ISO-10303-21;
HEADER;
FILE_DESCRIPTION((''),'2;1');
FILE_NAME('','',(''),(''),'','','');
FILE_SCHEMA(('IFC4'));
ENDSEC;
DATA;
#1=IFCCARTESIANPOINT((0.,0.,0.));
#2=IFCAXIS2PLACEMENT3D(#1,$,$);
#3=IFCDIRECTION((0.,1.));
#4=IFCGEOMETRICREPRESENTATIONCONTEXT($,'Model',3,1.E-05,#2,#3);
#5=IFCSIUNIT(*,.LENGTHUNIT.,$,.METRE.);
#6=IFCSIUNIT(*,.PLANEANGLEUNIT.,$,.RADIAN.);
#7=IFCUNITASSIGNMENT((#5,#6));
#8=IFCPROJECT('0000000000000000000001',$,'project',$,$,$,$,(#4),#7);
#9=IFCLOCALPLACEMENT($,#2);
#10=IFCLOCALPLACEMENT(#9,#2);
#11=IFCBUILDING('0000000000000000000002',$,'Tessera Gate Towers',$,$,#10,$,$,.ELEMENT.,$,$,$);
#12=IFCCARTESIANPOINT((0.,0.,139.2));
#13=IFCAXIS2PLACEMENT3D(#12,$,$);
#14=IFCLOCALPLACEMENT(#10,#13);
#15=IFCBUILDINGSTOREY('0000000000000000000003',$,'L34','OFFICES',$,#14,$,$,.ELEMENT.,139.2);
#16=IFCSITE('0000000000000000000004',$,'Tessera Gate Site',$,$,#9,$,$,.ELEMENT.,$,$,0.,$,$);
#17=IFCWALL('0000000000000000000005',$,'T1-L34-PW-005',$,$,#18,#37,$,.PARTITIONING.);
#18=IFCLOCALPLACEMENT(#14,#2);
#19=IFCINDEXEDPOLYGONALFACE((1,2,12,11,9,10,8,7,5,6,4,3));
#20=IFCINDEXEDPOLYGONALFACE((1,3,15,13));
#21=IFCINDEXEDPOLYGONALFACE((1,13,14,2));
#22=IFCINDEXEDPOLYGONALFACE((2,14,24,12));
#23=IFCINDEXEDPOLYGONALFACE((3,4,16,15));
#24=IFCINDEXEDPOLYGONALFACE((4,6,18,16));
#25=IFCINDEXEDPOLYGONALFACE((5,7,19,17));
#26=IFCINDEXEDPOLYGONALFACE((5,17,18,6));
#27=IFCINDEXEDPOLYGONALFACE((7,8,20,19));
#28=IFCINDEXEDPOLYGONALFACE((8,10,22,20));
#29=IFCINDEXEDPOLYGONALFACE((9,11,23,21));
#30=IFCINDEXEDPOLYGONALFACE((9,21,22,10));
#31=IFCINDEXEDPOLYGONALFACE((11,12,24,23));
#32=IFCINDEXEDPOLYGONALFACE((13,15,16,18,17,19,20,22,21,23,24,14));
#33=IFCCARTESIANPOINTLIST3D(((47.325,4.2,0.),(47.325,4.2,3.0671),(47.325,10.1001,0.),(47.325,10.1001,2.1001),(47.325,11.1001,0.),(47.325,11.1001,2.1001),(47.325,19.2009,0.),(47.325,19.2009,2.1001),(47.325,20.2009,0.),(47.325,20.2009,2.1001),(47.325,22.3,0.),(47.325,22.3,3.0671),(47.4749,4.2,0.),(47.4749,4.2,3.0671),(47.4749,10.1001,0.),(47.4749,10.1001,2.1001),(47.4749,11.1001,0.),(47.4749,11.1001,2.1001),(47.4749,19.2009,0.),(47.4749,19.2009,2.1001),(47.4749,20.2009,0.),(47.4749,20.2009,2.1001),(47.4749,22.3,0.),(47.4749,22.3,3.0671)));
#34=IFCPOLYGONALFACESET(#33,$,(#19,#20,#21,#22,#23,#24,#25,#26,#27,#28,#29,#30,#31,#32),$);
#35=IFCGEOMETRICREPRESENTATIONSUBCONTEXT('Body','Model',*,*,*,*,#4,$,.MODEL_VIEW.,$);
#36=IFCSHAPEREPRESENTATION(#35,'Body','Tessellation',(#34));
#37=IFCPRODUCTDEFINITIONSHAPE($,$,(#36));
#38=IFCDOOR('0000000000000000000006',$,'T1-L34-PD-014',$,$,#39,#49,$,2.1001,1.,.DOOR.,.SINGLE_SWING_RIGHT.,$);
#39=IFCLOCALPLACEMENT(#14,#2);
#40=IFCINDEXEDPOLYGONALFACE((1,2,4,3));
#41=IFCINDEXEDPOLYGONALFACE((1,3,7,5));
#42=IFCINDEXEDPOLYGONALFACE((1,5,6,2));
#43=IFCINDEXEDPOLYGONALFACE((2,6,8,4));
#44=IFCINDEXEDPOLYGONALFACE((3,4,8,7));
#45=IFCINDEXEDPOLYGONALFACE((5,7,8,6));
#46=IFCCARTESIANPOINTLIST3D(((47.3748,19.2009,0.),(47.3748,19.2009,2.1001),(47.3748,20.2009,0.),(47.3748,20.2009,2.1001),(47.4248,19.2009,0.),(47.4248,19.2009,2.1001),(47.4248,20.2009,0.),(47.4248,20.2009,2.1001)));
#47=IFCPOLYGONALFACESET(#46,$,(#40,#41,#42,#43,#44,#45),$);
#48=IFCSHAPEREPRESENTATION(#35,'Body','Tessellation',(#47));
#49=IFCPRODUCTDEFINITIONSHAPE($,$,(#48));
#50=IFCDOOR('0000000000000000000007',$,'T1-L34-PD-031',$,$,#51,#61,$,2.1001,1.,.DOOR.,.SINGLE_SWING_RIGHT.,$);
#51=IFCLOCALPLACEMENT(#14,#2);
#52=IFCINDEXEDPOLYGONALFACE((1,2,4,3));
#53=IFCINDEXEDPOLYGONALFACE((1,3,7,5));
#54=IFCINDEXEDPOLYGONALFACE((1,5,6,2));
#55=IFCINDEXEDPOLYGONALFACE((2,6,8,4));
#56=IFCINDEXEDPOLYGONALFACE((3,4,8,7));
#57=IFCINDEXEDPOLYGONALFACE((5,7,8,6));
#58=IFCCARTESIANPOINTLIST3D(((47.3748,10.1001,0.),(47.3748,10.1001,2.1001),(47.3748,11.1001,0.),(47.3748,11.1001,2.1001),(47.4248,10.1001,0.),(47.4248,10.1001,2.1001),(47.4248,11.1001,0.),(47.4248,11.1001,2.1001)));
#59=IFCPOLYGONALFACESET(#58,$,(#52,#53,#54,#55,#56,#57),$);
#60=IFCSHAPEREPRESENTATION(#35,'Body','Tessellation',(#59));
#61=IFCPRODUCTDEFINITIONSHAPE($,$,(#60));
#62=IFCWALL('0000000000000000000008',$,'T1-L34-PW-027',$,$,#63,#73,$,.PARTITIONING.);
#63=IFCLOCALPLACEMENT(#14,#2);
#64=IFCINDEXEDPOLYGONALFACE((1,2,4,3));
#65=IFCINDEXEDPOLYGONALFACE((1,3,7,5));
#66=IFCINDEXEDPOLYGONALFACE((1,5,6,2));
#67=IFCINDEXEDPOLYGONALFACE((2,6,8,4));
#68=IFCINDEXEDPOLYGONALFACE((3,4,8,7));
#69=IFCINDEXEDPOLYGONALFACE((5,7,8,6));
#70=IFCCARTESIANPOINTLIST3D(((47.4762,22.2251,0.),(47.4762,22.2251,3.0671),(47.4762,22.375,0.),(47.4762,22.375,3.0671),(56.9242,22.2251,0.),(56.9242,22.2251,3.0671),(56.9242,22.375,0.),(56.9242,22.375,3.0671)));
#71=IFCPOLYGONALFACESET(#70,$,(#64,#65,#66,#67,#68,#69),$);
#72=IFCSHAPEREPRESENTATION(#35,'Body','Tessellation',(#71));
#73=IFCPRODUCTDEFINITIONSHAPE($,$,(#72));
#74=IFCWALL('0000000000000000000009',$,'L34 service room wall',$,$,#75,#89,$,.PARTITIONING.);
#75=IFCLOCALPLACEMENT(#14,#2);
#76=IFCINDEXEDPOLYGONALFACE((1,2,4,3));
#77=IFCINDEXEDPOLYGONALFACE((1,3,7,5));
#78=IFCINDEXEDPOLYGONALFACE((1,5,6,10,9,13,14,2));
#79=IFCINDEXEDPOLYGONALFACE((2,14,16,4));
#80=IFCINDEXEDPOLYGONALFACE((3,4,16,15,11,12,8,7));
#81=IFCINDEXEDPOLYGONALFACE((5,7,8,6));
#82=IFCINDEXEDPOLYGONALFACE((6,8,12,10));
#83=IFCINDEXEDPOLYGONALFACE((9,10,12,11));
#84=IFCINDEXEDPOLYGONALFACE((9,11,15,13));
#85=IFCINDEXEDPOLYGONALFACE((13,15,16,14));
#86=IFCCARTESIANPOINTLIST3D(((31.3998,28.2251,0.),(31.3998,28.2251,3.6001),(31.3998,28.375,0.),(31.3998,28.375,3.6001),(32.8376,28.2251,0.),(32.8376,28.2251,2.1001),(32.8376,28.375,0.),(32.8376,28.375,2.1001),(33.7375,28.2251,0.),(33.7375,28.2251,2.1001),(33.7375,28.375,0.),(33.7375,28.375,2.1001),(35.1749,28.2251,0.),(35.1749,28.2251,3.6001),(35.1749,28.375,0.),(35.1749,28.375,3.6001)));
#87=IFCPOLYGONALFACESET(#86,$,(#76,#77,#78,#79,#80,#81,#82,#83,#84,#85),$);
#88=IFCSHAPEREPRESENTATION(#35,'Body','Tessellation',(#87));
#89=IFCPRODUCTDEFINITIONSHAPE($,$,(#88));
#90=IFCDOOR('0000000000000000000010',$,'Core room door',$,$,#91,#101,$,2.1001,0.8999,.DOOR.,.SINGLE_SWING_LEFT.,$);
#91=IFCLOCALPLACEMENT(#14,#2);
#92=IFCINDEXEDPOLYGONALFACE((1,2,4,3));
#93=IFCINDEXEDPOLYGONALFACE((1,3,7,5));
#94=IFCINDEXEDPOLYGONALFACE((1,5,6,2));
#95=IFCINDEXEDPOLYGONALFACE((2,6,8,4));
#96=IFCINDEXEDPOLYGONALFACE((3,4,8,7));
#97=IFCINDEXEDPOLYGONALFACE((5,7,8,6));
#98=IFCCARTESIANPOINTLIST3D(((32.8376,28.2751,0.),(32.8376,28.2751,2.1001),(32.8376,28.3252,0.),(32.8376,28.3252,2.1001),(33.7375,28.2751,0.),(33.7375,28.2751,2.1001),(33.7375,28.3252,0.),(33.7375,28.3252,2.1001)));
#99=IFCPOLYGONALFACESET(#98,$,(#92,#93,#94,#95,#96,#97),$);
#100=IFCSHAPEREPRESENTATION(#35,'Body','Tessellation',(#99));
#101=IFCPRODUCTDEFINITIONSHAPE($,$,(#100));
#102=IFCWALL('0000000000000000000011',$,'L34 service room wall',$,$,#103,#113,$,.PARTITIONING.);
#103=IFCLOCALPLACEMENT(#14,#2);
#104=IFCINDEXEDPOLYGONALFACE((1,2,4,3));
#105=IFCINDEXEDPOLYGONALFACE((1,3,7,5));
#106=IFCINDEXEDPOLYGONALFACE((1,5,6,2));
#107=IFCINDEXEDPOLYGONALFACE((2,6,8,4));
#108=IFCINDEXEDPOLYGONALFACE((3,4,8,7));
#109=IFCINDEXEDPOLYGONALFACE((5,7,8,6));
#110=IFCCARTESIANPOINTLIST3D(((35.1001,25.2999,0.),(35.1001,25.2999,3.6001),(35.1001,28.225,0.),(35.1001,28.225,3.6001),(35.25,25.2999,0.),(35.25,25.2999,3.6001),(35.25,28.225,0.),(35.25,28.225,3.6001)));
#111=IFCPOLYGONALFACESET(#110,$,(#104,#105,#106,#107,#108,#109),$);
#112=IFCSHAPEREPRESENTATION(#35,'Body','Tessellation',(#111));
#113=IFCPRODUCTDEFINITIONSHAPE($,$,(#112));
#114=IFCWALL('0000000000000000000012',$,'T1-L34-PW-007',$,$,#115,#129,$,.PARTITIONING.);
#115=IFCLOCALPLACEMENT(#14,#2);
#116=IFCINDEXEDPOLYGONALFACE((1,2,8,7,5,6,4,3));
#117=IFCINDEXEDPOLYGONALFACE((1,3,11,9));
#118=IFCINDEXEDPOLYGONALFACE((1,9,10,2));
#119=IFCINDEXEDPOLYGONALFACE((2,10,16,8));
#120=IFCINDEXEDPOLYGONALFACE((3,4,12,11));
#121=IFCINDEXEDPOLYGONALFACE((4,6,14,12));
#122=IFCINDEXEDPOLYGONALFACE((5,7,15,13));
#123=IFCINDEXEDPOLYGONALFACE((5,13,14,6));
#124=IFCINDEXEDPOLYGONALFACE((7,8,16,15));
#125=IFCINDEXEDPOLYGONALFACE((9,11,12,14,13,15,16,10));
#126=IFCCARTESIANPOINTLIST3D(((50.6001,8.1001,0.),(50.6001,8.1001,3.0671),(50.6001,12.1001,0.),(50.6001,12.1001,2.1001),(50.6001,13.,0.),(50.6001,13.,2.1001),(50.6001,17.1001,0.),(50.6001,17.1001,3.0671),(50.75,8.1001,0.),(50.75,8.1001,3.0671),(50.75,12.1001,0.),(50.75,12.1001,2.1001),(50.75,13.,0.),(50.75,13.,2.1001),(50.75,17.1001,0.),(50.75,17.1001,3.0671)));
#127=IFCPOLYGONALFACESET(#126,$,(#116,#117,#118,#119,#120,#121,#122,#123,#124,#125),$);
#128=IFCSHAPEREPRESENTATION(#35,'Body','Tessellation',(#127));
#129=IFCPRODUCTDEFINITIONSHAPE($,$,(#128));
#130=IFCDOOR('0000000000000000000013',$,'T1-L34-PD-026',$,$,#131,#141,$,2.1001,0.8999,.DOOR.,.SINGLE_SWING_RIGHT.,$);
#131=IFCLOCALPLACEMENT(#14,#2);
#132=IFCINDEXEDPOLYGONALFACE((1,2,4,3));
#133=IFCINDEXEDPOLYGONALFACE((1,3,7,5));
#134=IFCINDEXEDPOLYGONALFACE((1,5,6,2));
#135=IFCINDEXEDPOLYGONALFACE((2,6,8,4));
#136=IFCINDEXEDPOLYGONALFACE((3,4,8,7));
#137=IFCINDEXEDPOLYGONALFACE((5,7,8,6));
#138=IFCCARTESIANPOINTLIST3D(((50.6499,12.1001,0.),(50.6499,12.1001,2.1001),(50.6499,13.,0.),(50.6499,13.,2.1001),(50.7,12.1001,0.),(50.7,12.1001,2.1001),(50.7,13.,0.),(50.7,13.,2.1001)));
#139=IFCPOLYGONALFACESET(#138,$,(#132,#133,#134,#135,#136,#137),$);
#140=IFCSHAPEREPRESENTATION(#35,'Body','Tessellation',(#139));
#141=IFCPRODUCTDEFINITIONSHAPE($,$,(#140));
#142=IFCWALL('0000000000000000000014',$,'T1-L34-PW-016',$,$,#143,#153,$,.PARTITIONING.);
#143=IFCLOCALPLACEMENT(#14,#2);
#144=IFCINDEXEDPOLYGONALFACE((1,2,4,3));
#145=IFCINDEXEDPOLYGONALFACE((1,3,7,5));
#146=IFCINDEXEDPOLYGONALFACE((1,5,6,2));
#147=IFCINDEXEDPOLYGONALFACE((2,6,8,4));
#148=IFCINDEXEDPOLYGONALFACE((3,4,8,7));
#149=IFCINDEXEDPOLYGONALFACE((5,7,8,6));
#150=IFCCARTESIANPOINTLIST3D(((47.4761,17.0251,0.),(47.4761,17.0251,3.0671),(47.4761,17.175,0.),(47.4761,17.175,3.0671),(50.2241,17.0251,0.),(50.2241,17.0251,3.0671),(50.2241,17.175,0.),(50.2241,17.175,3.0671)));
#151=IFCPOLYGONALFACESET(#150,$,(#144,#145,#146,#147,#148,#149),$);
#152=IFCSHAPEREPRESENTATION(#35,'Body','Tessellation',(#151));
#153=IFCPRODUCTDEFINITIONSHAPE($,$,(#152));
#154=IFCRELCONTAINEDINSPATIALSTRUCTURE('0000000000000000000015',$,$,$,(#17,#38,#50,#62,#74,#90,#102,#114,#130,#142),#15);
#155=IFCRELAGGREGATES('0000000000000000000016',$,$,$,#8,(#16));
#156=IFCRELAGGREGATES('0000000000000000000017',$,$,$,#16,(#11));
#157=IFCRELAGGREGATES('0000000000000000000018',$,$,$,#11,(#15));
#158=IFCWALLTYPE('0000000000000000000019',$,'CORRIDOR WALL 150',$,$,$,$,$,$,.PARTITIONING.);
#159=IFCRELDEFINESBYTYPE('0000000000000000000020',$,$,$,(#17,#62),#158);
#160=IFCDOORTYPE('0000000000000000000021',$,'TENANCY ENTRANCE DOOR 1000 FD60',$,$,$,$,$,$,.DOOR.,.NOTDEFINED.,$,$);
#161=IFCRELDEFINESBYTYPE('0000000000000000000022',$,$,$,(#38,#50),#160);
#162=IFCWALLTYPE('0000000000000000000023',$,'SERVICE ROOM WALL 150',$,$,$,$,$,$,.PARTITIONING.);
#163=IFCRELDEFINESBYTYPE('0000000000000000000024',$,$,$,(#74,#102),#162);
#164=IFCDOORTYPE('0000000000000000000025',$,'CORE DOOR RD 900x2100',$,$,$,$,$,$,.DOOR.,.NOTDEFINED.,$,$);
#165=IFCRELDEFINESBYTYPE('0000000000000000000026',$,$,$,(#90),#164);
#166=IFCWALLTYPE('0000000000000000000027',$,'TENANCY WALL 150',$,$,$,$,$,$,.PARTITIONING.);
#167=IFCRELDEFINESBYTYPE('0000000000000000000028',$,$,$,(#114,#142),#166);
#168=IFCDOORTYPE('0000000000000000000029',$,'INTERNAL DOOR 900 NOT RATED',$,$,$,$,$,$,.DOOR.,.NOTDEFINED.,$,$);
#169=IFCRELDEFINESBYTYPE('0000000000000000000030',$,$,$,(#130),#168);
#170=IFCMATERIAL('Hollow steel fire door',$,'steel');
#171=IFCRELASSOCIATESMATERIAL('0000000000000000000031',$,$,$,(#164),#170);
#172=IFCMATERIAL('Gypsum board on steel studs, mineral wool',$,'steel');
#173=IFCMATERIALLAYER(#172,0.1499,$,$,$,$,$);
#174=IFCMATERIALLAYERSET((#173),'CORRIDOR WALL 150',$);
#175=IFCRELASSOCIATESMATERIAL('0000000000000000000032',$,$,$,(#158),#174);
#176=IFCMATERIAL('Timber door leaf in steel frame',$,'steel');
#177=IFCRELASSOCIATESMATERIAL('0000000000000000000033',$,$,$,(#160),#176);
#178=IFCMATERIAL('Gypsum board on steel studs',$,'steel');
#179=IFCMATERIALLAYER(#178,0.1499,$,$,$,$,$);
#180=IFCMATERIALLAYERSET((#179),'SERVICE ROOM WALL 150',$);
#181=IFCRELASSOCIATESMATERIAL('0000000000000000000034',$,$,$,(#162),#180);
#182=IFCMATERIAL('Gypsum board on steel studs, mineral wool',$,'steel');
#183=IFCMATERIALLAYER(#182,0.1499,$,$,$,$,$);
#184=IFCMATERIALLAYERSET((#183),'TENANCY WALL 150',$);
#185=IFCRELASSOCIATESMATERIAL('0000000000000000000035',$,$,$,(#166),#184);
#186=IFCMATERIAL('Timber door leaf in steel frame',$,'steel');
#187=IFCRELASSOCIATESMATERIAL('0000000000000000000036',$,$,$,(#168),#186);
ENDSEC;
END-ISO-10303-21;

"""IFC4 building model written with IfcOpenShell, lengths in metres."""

from ifc_helpers import new_model, si_unit, direction, frame, frame_2d, origin, place, context, subcontext, project, spatial, rectangle, extrude, source, transform, mapped, material, layer, layer_set, type_object, element, fill, save


model = new_model("IFC4")

# Units and contexts
model_context = context("Model", 3, precision=1e-05, world=origin(), true_north=direction((0.0, 1.0)))
body_context = subcontext(model_context, "Body", "Model", "MODEL_VIEW")
ifc_project = project(units=[si_unit("LENGTHUNIT", "METRE"), si_unit("PLANEANGLEUNIT", "RADIAN")], contexts=[model_context])

# Site, building, storey
site_placement = place(None, origin())
site = spatial("IfcSite", under=ifc_project, at=site_placement, Name="Tessera Gate Site", CompositionType="ELEMENT", RefElevation=0.0)
building_placement = place(site_placement, origin())
building = spatial("IfcBuilding", under=site, at=building_placement, Name="Tessera Gate Towers", CompositionType="ELEMENT")
storey_placement = place(building_placement, frame((0.0, 0.0, 139.2)))
storey = spatial("IfcBuildingStorey", under=building, at=storey_placement, Name="L34", Description="OFFICES", CompositionType="ELEMENT", Elevation=139.2)

# Shared definitions
ifc_material_1 = material(Name="Hollow steel fire door", Category="steel")
door_type_1 = type_object("IfcDoorType", Name="CORE DOOR RD 900x2100", OperationType="NOTDEFINED", PredefinedType="DOOR", material=ifc_material_1)
shared_shape_1 = source(origin(), body_context, "Body", "SweptSolid", [
    extrude(rectangle(XDim=0.8999, YDim=2.1001, at=frame_2d((0.45, 1.05))), frame((0.0, 0.0249, 0.0), z_axis=(0.0, -1.0, 0.0), x_axis=(1.0, 0.0, 0.0)), (0.0, 0.0, 1.0), 0.05),
])

# Wall, openings, doors
ifc_material_2 = material(Name="Gypsum board on steel studs, mineral wool", Category="steel")
ifc_layer_1 = layer(ifc_material_2, 0.1499)
ifc_layer_set_1 = layer_set([ifc_layer_1], Name="CORRIDOR WALL 150")
wall_type_1 = type_object("IfcWallType", Name="CORRIDOR WALL 150", PredefinedType="PARTITIONING", material=ifc_layer_set_1)
wall_1_placement = place(storey_placement, frame((47.3999, 22.3, 0.0), z_axis=(0.0, 0.0, 1.0), x_axis=(0.0, -1.0, 0.0)))
wall_1 = element("IfcWall", 1, at=wall_1_placement, inside=storey, type_object=wall_type_1, Name="T1-L34-PW-005", PredefinedType="PARTITIONING", context=body_context, shape_type="SweptSolid", body=[
    extrude(rectangle(XDim=18.1001, YDim=0.1499, at=frame_2d((9.05, 0.0))), origin(), (0.0, 0.0, 1.0), 3.0671),
])
shared_shape_2 = source(origin(), body_context, "Body", "SweptSolid", [
    extrude(rectangle(XDim=1.0, YDim=2.1001, at=frame_2d((0.5, 1.05))), frame((0.0, 0.085, 0.0), z_axis=(0.0, -1.0, 0.0), x_axis=(1.0, 0.0, 0.0)), (0.0, 0.0, 1.0), 0.1699),
])
opening_1_placement = place(wall_1_placement, frame((2.0991, 0.0, 0.0)))
opening_1 = element("IfcOpeningElement", 2, at=opening_1_placement, cuts=wall_1, PredefinedType="OPENING", context=body_context, shape_type="MappedRepresentation", body=[
    mapped(shared_shape_2, transform((0.0, 0.0, 0.0), scale=1.0)),
])
opening_2_placement = place(wall_1_placement, frame((11.2, 0.0, 0.0)))
opening_2 = element("IfcOpeningElement", 3, at=opening_2_placement, cuts=wall_1, PredefinedType="OPENING", context=body_context, shape_type="MappedRepresentation", body=[
    mapped(shared_shape_2, transform((0.0, 0.0, 0.0), scale=1.0)),
])
ifc_material_3 = material(Name="Timber door leaf in steel frame", Category="steel")
door_type_2 = type_object("IfcDoorType", Name="TENANCY ENTRANCE DOOR 1000 FD60", OperationType="NOTDEFINED", PredefinedType="DOOR", material=ifc_material_3)
shared_shape_3 = source(origin(), body_context, "Body", "SweptSolid", [
    extrude(rectangle(XDim=1.0, YDim=2.1001, at=frame_2d((0.5, 1.05))), frame((0.0, 0.0249, 0.0), z_axis=(0.0, -1.0, 0.0), x_axis=(1.0, 0.0, 0.0)), (0.0, 0.0, 1.0), 0.05),
])
door_1_placement = place(opening_1_placement, origin())
door_1 = element("IfcDoor", 4, at=door_1_placement, inside=storey, type_object=door_type_2, Name="T1-L34-PD-014", OperationType="SINGLE_SWING_RIGHT", OverallHeight=2.1001, OverallWidth=1.0, PredefinedType="DOOR", context=body_context, shape_type="MappedRepresentation", body=[
    mapped(shared_shape_3, transform((0.0, 0.0, 0.0), scale=1.0)),
])
fill(opening_1, door_1)
door_2_placement = place(opening_2_placement, origin())
door_2 = element("IfcDoor", 5, at=door_2_placement, inside=storey, type_object=door_type_2, Name="T1-L34-PD-031", OperationType="SINGLE_SWING_RIGHT", OverallHeight=2.1001, OverallWidth=1.0, PredefinedType="DOOR", context=body_context, shape_type="MappedRepresentation", body=[
    mapped(shared_shape_3, transform((0.0, 0.0, 0.0), scale=1.0)),
])
fill(opening_2, door_2)

# Wall
wall_2_placement = place(storey_placement, frame((47.4761, 22.3, 0.0), z_axis=(0.0, 0.0, 1.0), x_axis=(1.0, 0.0, 0.0)))
element("IfcWall", 6, at=wall_2_placement, inside=storey, type_object=wall_type_1, Name="T1-L34-PW-027", PredefinedType="PARTITIONING", context=body_context, shape_type="SweptSolid", body=[
    extrude(rectangle(XDim=9.448, YDim=0.1499, at=frame_2d((4.7241, 0.0))), origin(), (0.0, 0.0, 1.0), 3.0671),
])

# Wall, opening, door
ifc_material_4 = material(Name="Gypsum board on steel studs", Category="steel")
ifc_layer_2 = layer(ifc_material_4, 0.1499)
ifc_layer_set_2 = layer_set([ifc_layer_2], Name="SERVICE ROOM WALL 150")
wall_type_2 = type_object("IfcWallType", Name="SERVICE ROOM WALL 150", PredefinedType="PARTITIONING", material=ifc_layer_set_2)
wall_3_placement = place(storey_placement, frame((35.175, 28.3, 0.0), z_axis=(0.0, 0.0, 1.0), x_axis=(-1.0, 0.0, 0.0)))
wall_3 = element("IfcWall", 7, at=wall_3_placement, inside=storey, type_object=wall_type_2, Name="L34 service room wall", PredefinedType="PARTITIONING", context=body_context, shape_type="SweptSolid", body=[
    extrude(rectangle(XDim=3.7751, YDim=0.1499, at=frame_2d((1.8877, 0.0))), origin(), (0.0, 0.0, 1.0), 3.6001),
])
shared_shape_4 = source(origin(), body_context, "Body", "SweptSolid", [
    extrude(rectangle(XDim=0.8999, YDim=2.1001, at=frame_2d((0.45, 1.05))), frame((0.0, 0.085, 0.0), z_axis=(0.0, -1.0, 0.0), x_axis=(1.0, 0.0, 0.0)), (0.0, 0.0, 1.0), 0.1699),
])
opening_3_placement = place(wall_3_placement, frame((1.4375, 0.0, 0.0)))
opening_3 = element("IfcOpeningElement", 8, at=opening_3_placement, cuts=wall_3, PredefinedType="OPENING", context=body_context, shape_type="MappedRepresentation", body=[
    mapped(shared_shape_4, transform((0.0, 0.0, 0.0), scale=1.0)),
])
door_3_placement = place(opening_3_placement, origin())
door_3 = element("IfcDoor", 9, at=door_3_placement, inside=storey, type_object=door_type_1, Name="Core room door", OperationType="SINGLE_SWING_LEFT", OverallHeight=2.1001, OverallWidth=0.8999, PredefinedType="DOOR", context=body_context, shape_type="MappedRepresentation", body=[
    mapped(shared_shape_1, transform((0.0, 0.0, 0.0), scale=1.0)),
])
fill(opening_3, door_3)

# Wall
wall_4_placement = place(storey_placement, frame((35.175, 25.3, 0.0), z_axis=(0.0, 0.0, 1.0), x_axis=(0.0, 1.0, 0.0)))
element("IfcWall", 10, at=wall_4_placement, inside=storey, type_object=wall_type_2, Name="L34 service room wall", PredefinedType="PARTITIONING", context=body_context, shape_type="SweptSolid", body=[
    extrude(rectangle(XDim=2.925, YDim=0.1499, at=frame_2d((1.4624, 0.0))), origin(), (0.0, 0.0, 1.0), 3.6001),
])

# Wall, opening, door
ifc_material_5 = material(Name="Gypsum board on steel studs, mineral wool", Category="steel")
ifc_layer_3 = layer(ifc_material_5, 0.1499)
ifc_layer_set_3 = layer_set([ifc_layer_3], Name="TENANCY WALL 150")
wall_type_3 = type_object("IfcWallType", Name="TENANCY WALL 150", PredefinedType="PARTITIONING", material=ifc_layer_set_3)
wall_5_placement = place(storey_placement, frame((50.675, 17.1001, 0.0), z_axis=(0.0, 0.0, 1.0), x_axis=(0.0, -1.0, 0.0)))
wall_5 = element("IfcWall", 11, at=wall_5_placement, inside=storey, type_object=wall_type_3, Name="T1-L34-PW-007", PredefinedType="PARTITIONING", context=body_context, shape_type="SweptSolid", body=[
    extrude(rectangle(XDim=9.0, YDim=0.1499, at=frame_2d((4.5, 0.0))), origin(), (0.0, 0.0, 1.0), 3.0671),
])
opening_4_placement = place(wall_5_placement, frame((4.1001, 0.0, 0.0)))
opening_4 = element("IfcOpeningElement", 12, at=opening_4_placement, cuts=wall_5, PredefinedType="OPENING", context=body_context, shape_type="MappedRepresentation", body=[
    mapped(shared_shape_4, transform((0.0, 0.0, 0.0), scale=1.0)),
])
ifc_material_6 = material(Name="Timber door leaf in steel frame", Category="steel")
door_type_3 = type_object("IfcDoorType", Name="INTERNAL DOOR 900 NOT RATED", OperationType="NOTDEFINED", PredefinedType="DOOR", material=ifc_material_6)
door_4_placement = place(opening_4_placement, origin())
door_4 = element("IfcDoor", 13, at=door_4_placement, inside=storey, type_object=door_type_3, Name="T1-L34-PD-026", OperationType="SINGLE_SWING_RIGHT", OverallHeight=2.1001, OverallWidth=0.8999, PredefinedType="DOOR", context=body_context, shape_type="MappedRepresentation", body=[
    mapped(shared_shape_1, transform((0.0, 0.0, 0.0), scale=1.0)),
])
fill(opening_4, door_4)

# Wall
wall_6_placement = place(storey_placement, frame((47.4761, 17.1001, 0.0), z_axis=(0.0, 0.0, 1.0), x_axis=(1.0, 0.0, 0.0)))
element("IfcWall", 14, at=wall_6_placement, inside=storey, type_object=wall_type_3, Name="T1-L34-PW-016", PredefinedType="PARTITIONING", context=body_context, shape_type="SweptSolid", body=[
    extrude(rectangle(XDim=2.748, YDim=0.1499, at=frame_2d((1.374, 0.0))), origin(), (0.0, 0.0, 1.0), 3.0671),
])

save(model, "model.ifc")
